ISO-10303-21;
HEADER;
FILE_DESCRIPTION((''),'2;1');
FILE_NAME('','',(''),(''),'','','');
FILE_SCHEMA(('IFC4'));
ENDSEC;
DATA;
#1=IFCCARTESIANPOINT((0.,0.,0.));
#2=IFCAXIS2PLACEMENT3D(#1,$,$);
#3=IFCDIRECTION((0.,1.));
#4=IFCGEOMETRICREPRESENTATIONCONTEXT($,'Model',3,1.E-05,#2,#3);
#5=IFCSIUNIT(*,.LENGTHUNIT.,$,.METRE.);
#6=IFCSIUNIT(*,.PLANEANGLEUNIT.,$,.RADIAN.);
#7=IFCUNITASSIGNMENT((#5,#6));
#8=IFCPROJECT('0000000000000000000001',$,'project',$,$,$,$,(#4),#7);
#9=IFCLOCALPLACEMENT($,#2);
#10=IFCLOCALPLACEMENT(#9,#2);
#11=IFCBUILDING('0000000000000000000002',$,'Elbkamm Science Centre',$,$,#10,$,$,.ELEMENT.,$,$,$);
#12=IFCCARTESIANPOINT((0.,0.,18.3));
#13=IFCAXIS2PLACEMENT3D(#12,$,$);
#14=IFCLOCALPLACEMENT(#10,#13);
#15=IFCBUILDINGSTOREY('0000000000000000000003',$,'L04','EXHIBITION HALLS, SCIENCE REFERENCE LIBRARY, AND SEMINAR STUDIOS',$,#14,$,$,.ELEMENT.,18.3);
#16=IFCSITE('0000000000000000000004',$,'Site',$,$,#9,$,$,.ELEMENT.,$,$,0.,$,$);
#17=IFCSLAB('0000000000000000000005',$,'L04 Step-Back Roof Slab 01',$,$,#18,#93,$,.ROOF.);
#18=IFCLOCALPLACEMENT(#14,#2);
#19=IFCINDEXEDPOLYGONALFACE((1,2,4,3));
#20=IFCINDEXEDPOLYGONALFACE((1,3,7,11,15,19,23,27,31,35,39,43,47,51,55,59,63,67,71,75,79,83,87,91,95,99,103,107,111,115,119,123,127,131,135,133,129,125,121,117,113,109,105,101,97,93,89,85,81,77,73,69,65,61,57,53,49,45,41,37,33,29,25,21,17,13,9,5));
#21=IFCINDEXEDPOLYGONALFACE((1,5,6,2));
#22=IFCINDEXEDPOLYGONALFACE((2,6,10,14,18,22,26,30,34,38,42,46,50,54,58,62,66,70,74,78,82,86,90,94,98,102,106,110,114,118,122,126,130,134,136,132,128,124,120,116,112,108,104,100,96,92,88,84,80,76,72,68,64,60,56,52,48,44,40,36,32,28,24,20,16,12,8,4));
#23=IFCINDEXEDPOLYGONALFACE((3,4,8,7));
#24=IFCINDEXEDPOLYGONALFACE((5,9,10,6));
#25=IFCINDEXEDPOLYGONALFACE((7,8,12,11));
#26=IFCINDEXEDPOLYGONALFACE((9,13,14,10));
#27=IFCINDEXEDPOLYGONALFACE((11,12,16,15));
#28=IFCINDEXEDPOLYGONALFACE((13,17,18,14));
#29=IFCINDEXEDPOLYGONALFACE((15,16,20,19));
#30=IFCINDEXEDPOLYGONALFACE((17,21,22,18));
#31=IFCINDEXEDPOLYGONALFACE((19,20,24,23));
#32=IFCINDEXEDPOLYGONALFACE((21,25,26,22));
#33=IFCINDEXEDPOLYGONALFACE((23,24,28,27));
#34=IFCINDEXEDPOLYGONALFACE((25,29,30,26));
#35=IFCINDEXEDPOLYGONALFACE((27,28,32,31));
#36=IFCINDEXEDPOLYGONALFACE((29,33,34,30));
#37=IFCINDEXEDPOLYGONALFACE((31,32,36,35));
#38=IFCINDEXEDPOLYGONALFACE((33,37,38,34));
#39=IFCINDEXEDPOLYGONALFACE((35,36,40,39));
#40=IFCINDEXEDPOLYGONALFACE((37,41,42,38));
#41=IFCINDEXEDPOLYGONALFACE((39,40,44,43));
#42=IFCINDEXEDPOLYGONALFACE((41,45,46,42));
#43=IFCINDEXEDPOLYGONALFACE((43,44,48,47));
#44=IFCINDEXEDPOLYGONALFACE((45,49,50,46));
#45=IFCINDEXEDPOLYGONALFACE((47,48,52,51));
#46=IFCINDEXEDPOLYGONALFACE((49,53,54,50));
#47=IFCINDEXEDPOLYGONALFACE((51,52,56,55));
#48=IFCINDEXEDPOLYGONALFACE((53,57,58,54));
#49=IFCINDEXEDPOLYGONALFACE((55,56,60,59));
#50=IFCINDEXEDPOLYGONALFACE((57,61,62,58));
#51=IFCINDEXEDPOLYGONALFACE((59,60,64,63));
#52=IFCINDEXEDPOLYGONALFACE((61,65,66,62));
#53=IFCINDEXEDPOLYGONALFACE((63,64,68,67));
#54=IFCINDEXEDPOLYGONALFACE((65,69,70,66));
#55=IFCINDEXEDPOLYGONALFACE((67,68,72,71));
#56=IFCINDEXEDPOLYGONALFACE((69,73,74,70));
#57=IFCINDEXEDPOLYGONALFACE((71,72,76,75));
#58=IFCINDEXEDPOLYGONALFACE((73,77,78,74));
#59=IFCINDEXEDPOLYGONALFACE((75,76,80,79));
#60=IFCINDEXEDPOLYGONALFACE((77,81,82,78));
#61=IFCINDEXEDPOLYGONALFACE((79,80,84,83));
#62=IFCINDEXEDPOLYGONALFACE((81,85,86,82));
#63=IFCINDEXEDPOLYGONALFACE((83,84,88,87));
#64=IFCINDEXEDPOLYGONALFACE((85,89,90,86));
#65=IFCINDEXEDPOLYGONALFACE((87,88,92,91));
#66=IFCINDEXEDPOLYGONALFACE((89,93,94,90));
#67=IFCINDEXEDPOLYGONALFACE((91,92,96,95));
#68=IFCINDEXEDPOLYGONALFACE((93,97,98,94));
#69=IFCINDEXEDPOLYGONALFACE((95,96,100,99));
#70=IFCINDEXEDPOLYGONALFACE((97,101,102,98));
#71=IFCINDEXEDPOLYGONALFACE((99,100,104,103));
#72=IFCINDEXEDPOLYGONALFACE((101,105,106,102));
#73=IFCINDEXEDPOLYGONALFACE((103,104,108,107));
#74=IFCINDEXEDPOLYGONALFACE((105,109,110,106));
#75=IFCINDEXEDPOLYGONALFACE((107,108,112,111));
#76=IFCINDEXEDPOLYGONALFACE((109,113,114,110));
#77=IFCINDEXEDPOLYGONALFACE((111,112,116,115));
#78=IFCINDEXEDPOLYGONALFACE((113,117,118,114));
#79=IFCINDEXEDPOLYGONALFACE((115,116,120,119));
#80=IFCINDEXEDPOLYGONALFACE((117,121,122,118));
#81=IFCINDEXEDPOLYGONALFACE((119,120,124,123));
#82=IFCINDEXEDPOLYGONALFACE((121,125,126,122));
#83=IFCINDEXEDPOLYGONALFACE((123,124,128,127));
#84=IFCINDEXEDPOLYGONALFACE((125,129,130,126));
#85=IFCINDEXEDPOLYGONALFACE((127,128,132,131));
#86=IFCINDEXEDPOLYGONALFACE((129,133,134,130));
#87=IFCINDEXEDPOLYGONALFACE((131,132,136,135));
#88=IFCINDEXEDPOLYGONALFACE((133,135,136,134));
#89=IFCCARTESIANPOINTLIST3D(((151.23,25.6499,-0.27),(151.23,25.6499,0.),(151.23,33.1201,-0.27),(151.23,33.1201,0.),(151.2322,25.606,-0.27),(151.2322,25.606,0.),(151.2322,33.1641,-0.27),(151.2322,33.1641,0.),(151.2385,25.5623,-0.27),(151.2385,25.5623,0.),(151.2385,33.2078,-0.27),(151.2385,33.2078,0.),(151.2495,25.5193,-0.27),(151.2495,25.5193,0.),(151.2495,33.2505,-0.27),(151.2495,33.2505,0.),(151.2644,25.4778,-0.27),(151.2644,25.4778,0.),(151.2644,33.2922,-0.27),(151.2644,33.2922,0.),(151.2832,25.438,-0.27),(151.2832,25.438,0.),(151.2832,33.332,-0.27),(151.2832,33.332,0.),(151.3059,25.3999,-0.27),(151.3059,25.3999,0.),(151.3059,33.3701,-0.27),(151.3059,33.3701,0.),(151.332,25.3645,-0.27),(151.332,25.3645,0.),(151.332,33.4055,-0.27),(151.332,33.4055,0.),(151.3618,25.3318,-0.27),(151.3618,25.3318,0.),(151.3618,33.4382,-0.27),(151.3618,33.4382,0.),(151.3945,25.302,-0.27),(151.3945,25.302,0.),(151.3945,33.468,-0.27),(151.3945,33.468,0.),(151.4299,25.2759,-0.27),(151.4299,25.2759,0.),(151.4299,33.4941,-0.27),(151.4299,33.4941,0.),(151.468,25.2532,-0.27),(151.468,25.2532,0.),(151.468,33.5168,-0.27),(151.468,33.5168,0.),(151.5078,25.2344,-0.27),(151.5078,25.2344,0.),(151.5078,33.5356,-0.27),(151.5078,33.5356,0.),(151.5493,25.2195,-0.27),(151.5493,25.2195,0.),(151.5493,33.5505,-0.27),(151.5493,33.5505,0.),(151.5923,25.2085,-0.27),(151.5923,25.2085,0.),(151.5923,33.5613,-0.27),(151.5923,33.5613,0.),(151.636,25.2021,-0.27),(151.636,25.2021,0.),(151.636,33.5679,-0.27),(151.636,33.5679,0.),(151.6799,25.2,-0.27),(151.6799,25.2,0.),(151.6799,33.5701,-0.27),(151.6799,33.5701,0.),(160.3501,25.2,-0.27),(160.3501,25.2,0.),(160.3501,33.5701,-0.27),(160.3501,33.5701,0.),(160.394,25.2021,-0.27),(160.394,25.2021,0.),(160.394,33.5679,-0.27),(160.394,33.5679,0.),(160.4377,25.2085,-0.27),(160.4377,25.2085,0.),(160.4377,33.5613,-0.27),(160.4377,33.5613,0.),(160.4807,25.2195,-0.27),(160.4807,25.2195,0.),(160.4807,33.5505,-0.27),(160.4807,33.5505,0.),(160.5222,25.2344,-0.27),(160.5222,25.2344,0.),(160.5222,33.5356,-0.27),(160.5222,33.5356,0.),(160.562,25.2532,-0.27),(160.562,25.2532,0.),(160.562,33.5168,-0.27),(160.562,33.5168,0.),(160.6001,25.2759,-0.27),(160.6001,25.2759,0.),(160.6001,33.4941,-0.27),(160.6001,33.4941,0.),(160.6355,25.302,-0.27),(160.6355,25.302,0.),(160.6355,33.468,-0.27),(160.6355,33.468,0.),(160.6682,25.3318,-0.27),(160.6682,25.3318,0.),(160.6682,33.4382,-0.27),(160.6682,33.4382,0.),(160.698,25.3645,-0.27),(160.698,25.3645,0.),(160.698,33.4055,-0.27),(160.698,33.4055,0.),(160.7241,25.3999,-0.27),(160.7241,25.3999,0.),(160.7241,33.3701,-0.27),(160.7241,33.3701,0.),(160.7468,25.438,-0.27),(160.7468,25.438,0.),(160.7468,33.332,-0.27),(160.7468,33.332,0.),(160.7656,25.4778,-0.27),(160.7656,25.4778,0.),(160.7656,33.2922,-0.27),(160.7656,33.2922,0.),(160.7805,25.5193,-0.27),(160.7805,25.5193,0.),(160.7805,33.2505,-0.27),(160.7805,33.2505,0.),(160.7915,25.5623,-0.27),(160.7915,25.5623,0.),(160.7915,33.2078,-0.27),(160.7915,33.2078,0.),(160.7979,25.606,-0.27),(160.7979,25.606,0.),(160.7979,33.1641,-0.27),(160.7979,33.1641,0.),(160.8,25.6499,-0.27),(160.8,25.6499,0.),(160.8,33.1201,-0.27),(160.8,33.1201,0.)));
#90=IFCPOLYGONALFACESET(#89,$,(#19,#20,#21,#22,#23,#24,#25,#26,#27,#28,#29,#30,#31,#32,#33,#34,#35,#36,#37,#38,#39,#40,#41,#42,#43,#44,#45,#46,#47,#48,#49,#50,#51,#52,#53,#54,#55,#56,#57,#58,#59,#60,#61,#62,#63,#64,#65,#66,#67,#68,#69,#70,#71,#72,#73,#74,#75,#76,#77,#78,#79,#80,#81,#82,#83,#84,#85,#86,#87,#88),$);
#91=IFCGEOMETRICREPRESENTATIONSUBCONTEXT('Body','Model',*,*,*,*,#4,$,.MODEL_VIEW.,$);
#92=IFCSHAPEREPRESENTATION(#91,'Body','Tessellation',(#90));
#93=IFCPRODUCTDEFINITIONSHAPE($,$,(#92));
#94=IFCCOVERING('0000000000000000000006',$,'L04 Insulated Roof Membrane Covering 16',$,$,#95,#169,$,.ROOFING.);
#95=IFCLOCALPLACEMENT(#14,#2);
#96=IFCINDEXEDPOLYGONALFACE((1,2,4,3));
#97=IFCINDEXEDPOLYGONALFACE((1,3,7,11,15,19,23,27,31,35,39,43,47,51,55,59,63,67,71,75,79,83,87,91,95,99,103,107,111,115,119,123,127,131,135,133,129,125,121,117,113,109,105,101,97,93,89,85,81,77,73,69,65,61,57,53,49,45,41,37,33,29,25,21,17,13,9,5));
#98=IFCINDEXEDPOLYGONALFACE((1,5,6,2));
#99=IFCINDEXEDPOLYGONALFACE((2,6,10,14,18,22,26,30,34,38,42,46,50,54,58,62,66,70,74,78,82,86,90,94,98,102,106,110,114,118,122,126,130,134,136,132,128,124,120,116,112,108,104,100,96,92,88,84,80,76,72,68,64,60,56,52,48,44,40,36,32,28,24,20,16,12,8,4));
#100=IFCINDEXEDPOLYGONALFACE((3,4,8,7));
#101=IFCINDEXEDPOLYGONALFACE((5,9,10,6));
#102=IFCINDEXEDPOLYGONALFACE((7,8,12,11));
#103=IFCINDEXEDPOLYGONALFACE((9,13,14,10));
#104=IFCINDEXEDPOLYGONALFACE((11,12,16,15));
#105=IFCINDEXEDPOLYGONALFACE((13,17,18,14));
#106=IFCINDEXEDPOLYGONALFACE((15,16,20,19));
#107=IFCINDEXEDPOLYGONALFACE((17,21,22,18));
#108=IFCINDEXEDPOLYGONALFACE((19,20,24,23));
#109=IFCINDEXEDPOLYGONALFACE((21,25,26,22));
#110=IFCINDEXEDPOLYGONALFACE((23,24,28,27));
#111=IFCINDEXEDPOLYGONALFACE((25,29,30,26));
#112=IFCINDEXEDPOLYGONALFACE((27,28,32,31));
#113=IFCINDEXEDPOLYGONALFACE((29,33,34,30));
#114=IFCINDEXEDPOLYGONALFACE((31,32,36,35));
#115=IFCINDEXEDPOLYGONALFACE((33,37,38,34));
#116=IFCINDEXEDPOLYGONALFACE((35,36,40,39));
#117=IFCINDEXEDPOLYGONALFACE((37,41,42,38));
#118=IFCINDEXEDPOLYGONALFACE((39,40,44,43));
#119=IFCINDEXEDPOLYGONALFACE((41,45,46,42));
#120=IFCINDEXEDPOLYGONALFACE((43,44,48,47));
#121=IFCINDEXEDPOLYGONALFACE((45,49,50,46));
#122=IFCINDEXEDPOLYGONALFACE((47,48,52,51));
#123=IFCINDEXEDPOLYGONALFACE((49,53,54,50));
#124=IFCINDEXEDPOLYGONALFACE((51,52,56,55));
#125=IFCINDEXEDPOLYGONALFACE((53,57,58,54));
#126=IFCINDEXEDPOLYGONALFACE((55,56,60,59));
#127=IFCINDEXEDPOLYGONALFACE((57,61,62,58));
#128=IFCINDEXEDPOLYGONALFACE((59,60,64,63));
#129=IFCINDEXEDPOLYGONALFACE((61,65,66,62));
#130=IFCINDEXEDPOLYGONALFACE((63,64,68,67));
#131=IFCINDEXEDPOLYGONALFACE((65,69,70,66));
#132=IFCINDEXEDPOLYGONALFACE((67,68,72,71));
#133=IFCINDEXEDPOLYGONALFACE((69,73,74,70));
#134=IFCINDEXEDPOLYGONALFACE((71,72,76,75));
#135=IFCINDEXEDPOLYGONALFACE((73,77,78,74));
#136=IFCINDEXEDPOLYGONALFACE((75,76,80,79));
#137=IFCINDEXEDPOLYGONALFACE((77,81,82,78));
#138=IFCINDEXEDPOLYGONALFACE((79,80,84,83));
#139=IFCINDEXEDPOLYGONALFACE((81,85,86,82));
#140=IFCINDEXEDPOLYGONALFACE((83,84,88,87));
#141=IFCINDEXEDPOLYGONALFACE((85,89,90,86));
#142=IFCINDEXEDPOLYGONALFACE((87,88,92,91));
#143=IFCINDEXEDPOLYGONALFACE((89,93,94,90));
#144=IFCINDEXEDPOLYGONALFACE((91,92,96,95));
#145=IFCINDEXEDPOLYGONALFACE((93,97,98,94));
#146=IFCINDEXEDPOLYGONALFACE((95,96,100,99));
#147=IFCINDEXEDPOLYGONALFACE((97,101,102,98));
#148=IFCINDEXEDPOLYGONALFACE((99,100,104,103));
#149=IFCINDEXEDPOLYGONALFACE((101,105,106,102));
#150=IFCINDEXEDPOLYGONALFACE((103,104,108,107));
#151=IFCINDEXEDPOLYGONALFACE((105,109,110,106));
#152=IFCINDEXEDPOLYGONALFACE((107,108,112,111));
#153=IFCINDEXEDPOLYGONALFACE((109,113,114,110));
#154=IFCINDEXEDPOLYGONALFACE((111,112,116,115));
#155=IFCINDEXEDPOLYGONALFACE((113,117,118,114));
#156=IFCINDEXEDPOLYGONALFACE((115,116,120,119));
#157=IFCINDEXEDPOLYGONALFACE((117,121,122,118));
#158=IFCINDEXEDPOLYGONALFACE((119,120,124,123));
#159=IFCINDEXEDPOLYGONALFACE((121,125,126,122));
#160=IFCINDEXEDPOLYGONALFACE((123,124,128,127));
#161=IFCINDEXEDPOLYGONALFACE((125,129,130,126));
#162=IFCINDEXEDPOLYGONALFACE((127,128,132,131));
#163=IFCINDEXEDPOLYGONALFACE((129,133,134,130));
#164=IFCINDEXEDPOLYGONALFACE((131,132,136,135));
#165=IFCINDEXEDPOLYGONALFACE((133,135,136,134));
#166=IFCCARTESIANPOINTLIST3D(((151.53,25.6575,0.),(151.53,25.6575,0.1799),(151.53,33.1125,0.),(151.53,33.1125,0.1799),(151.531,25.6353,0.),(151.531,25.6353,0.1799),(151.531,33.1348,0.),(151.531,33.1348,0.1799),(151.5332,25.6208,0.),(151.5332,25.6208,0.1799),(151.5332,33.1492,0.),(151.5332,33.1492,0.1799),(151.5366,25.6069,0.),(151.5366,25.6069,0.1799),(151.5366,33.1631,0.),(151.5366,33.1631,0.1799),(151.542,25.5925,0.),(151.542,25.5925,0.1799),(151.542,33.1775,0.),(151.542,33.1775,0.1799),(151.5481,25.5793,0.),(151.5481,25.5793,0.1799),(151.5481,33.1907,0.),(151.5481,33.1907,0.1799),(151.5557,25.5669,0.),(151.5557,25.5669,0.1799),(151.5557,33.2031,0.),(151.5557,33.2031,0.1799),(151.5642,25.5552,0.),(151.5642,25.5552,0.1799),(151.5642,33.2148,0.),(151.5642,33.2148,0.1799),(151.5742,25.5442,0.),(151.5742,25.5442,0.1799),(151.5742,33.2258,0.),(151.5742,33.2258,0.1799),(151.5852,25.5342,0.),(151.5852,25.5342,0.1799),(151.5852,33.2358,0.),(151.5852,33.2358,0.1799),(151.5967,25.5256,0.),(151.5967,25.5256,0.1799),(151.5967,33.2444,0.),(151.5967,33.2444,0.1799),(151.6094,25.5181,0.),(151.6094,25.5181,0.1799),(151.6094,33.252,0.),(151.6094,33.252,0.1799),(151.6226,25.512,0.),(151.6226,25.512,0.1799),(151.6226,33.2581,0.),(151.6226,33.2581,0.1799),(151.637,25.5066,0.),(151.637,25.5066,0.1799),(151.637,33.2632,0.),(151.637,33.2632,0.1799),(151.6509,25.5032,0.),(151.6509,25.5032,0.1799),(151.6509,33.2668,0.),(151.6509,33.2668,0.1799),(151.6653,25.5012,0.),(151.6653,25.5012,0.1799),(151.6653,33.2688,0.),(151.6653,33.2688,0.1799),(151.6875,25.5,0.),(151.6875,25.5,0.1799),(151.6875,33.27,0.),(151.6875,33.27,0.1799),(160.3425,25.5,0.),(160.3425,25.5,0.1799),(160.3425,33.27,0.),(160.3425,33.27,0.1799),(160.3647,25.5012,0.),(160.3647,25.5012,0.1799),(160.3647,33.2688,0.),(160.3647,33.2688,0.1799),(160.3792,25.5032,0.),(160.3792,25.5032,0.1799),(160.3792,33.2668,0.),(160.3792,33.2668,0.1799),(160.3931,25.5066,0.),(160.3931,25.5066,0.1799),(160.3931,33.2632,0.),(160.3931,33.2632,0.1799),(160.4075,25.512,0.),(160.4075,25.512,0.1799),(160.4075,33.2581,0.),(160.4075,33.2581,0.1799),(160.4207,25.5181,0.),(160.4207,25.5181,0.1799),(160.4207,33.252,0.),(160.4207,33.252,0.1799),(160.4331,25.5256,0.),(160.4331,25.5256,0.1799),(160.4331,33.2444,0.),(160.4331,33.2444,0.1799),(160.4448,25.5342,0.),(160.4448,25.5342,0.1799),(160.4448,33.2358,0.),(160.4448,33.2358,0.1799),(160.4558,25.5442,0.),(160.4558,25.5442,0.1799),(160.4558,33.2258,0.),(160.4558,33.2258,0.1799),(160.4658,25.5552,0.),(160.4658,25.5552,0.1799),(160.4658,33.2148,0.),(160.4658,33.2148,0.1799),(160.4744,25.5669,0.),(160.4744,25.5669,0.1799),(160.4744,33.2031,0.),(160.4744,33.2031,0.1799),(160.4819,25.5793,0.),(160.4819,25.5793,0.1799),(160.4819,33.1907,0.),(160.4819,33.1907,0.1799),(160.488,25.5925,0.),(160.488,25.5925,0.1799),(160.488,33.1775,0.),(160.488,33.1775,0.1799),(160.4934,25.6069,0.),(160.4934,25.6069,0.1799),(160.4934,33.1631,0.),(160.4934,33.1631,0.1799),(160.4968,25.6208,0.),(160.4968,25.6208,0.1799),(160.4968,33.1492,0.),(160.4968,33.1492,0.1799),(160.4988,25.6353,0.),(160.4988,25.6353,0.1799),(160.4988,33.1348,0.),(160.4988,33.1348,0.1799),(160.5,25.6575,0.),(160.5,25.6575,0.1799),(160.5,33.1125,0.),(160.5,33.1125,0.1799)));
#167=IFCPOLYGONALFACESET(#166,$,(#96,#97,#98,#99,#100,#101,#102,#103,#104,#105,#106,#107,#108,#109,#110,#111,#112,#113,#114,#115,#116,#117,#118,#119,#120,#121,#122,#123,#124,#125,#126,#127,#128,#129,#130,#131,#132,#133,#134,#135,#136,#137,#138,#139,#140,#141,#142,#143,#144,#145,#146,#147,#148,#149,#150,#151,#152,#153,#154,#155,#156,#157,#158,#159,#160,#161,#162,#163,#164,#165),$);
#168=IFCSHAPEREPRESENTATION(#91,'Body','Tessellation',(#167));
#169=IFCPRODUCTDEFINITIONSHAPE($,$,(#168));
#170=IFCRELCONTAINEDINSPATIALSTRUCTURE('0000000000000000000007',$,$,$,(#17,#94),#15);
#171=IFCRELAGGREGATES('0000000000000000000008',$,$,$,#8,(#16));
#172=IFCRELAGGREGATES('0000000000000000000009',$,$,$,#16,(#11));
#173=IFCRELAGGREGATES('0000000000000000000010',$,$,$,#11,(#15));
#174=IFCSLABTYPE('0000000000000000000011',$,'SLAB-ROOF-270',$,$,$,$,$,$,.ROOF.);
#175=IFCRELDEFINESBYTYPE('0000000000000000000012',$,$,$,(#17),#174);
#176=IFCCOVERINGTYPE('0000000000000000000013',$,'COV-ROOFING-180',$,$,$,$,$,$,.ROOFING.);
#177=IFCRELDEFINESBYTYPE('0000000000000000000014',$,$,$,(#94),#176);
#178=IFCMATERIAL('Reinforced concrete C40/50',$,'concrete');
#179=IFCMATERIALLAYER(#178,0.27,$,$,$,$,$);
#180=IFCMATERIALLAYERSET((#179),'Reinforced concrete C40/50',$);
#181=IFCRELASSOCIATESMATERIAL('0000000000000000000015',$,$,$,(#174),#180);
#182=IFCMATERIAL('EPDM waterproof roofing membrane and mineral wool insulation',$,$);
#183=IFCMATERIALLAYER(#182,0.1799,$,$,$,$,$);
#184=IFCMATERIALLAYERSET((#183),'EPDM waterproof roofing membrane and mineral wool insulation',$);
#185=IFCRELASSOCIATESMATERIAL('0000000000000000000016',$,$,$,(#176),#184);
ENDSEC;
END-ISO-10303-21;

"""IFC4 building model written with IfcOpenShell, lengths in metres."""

from ifc_helpers import new_model, si_unit, direction, frame, origin, place, context, subcontext, project, spatial, polyline, outline, extrude, material, layer, layer_set, type_object, element, save


model = new_model("IFC4")

# Units and contexts
model_context = context("Model", 3, precision=1e-05, world=origin(), true_north=direction((0.0, 1.0)))
body_context = subcontext(model_context, "Body", "Model", "MODEL_VIEW")
ifc_project = project(units=[si_unit("LENGTHUNIT", "METRE"), si_unit("PLANEANGLEUNIT", "RADIAN")], contexts=[model_context])

# Site, building, storey
site_placement = place(None, origin())
site = spatial("IfcSite", under=ifc_project, at=site_placement, Name="Site", CompositionType="ELEMENT", RefElevation=0.0)
building_placement = place(site_placement, origin())
building = spatial("IfcBuilding", under=site, at=building_placement, Name="Elbkamm Science Centre", CompositionType="ELEMENT")
storey_placement = place(building_placement, frame((0.0, 0.0, 18.3)))
storey = spatial("IfcBuildingStorey", under=building, at=storey_placement, Name="L04", Description="EXHIBITION HALLS, SCIENCE REFERENCE LIBRARY, AND SEMINAR STUDIOS", CompositionType="ELEMENT", Elevation=18.3)

# Shared definitions
ifc_material_1 = material(Name="Reinforced concrete C40/50", Category="concrete")

# Slab
ifc_layer_1 = layer(ifc_material_1, 0.27)
ifc_layer_set_1 = layer_set([ifc_layer_1], Name="Reinforced concrete C40/50")
slab_type_1 = type_object("IfcSlabType", Name="SLAB-ROOF-270", PredefinedType="ROOF", material=ifc_layer_set_1)
slab_1_placement = place(storey_placement, frame((0.0, 0.0, -0.27)))
element("IfcSlab", 1, at=slab_1_placement, inside=storey, type_object=slab_type_1, Name="L04 Step-Back Roof Slab 01", PredefinedType="ROOF", context=body_context, shape_type="SweptSolid", body=[
    extrude(outline(polyline([(151.5923, 25.2085), (151.5493, 25.2195), (151.5078, 25.2344), (151.468, 25.2532), (151.4299, 25.2759), (151.3945, 25.302), (151.3618, 25.3318), (151.332, 25.3645), (151.3059, 25.3999), (151.2832, 25.438), (151.2644, 25.4778), (151.2495, 25.5193), (151.2385, 25.5623), (151.2322, 25.606), (151.23, 25.6499), (151.23, 33.1201), (151.2322, 33.1641), (151.2385, 33.2078), (151.2495, 33.2505), (151.2644, 33.2922), (151.2832, 33.332), (151.3059, 33.3701), (151.332, 33.4055), (151.3618, 33.4382), (151.3945, 33.468), (151.4299, 33.4941), (151.468, 33.5168), (151.5078, 33.5356), (151.5493, 33.5505), (151.5923, 33.5613), (151.636, 33.5679), (151.6799, 33.5701), (160.3501, 33.5701), (160.394, 33.5679), (160.4377, 33.5613), (160.4807, 33.5505), (160.5222, 33.5356), (160.562, 33.5168), (160.6001, 33.4941), (160.6355, 33.468), (160.6682, 33.4382), (160.698, 33.4055), (160.7241, 33.3701), (160.7468, 33.332), (160.7656, 33.2922), (160.7805, 33.2505), (160.7915, 33.2078), (160.7979, 33.1641), (160.8, 33.1201), (160.8, 25.6499), (160.7979, 25.606), (160.7915, 25.5623), (160.7805, 25.5193), (160.7656, 25.4778), (160.7468, 25.438), (160.7241, 25.3999), (160.698, 25.3645), (160.6682, 25.3318), (160.6355, 25.302), (160.6001, 25.2759), (160.562, 25.2532), (160.5222, 25.2344), (160.4807, 25.2195), (160.4377, 25.2085), (160.394, 25.2021), (160.3501, 25.2), (151.6799, 25.2), (151.636, 25.2021), (151.5923, 25.2085)])), origin(), (0.0, 0.0, 1.0), 0.27),
])

# Covering
ifc_material_2 = material(Name="EPDM waterproof roofing membrane and mineral wool insulation")
ifc_layer_2 = layer(ifc_material_2, 0.1799)
ifc_layer_set_2 = layer_set([ifc_layer_2], Name="EPDM waterproof roofing membrane and mineral wool insulation")
covering_type = type_object("IfcCoveringType", Name="COV-ROOFING-180", PredefinedType="ROOFING", material=ifc_layer_set_2)
covering_placement = place(storey_placement, origin())
element("IfcCovering", 2, at=covering_placement, inside=storey, type_object=covering_type, Name="L04 Insulated Roof Membrane Covering 16", PredefinedType="ROOFING", context=body_context, shape_type="SweptSolid", body=[
    extrude(outline(polyline([(151.6509, 25.5032), (151.637, 25.5066), (151.6226, 25.512), (151.6094, 25.5181), (151.5967, 25.5256), (151.5852, 25.5342), (151.5742, 25.5442), (151.5642, 25.5552), (151.5557, 25.5669), (151.5481, 25.5793), (151.542, 25.5925), (151.5366, 25.6069), (151.5332, 25.6208), (151.531, 25.6353), (151.53, 25.6575), (151.53, 33.1125), (151.531, 33.1348), (151.5332, 33.1492), (151.5366, 33.1631), (151.542, 33.1775), (151.5481, 33.1907), (151.5557, 33.2031), (151.5642, 33.2148), (151.5742, 33.2258), (151.5852, 33.2358), (151.5967, 33.2444), (151.6094, 33.252), (151.6226, 33.2581), (151.637, 33.2632), (151.6509, 33.2668), (151.6653, 33.2688), (151.6875, 33.27), (160.3425, 33.27), (160.3647, 33.2688), (160.3792, 33.2668), (160.3931, 33.2632), (160.4075, 33.2581), (160.4207, 33.252), (160.4331, 33.2444), (160.4448, 33.2358), (160.4558, 33.2258), (160.4658, 33.2148), (160.4744, 33.2031), (160.4819, 33.1907), (160.488, 33.1775), (160.4934, 33.1631), (160.4968, 33.1492), (160.4988, 33.1348), (160.5, 33.1125), (160.5, 25.6575), (160.4988, 25.6353), (160.4968, 25.6208), (160.4934, 25.6069), (160.488, 25.5925), (160.4819, 25.5793), (160.4744, 25.5669), (160.4658, 25.5552), (160.4558, 25.5442), (160.4448, 25.5342), (160.4331, 25.5256), (160.4207, 25.5181), (160.4075, 25.512), (160.3931, 25.5066), (160.3792, 25.5032), (160.3647, 25.5012), (160.3425, 25.5), (151.6875, 25.5), (151.6653, 25.5012), (151.6509, 25.5032)])), origin(), (0.0, 0.0, 1.0), 0.1799),
])

save(model, "model.ifc")
